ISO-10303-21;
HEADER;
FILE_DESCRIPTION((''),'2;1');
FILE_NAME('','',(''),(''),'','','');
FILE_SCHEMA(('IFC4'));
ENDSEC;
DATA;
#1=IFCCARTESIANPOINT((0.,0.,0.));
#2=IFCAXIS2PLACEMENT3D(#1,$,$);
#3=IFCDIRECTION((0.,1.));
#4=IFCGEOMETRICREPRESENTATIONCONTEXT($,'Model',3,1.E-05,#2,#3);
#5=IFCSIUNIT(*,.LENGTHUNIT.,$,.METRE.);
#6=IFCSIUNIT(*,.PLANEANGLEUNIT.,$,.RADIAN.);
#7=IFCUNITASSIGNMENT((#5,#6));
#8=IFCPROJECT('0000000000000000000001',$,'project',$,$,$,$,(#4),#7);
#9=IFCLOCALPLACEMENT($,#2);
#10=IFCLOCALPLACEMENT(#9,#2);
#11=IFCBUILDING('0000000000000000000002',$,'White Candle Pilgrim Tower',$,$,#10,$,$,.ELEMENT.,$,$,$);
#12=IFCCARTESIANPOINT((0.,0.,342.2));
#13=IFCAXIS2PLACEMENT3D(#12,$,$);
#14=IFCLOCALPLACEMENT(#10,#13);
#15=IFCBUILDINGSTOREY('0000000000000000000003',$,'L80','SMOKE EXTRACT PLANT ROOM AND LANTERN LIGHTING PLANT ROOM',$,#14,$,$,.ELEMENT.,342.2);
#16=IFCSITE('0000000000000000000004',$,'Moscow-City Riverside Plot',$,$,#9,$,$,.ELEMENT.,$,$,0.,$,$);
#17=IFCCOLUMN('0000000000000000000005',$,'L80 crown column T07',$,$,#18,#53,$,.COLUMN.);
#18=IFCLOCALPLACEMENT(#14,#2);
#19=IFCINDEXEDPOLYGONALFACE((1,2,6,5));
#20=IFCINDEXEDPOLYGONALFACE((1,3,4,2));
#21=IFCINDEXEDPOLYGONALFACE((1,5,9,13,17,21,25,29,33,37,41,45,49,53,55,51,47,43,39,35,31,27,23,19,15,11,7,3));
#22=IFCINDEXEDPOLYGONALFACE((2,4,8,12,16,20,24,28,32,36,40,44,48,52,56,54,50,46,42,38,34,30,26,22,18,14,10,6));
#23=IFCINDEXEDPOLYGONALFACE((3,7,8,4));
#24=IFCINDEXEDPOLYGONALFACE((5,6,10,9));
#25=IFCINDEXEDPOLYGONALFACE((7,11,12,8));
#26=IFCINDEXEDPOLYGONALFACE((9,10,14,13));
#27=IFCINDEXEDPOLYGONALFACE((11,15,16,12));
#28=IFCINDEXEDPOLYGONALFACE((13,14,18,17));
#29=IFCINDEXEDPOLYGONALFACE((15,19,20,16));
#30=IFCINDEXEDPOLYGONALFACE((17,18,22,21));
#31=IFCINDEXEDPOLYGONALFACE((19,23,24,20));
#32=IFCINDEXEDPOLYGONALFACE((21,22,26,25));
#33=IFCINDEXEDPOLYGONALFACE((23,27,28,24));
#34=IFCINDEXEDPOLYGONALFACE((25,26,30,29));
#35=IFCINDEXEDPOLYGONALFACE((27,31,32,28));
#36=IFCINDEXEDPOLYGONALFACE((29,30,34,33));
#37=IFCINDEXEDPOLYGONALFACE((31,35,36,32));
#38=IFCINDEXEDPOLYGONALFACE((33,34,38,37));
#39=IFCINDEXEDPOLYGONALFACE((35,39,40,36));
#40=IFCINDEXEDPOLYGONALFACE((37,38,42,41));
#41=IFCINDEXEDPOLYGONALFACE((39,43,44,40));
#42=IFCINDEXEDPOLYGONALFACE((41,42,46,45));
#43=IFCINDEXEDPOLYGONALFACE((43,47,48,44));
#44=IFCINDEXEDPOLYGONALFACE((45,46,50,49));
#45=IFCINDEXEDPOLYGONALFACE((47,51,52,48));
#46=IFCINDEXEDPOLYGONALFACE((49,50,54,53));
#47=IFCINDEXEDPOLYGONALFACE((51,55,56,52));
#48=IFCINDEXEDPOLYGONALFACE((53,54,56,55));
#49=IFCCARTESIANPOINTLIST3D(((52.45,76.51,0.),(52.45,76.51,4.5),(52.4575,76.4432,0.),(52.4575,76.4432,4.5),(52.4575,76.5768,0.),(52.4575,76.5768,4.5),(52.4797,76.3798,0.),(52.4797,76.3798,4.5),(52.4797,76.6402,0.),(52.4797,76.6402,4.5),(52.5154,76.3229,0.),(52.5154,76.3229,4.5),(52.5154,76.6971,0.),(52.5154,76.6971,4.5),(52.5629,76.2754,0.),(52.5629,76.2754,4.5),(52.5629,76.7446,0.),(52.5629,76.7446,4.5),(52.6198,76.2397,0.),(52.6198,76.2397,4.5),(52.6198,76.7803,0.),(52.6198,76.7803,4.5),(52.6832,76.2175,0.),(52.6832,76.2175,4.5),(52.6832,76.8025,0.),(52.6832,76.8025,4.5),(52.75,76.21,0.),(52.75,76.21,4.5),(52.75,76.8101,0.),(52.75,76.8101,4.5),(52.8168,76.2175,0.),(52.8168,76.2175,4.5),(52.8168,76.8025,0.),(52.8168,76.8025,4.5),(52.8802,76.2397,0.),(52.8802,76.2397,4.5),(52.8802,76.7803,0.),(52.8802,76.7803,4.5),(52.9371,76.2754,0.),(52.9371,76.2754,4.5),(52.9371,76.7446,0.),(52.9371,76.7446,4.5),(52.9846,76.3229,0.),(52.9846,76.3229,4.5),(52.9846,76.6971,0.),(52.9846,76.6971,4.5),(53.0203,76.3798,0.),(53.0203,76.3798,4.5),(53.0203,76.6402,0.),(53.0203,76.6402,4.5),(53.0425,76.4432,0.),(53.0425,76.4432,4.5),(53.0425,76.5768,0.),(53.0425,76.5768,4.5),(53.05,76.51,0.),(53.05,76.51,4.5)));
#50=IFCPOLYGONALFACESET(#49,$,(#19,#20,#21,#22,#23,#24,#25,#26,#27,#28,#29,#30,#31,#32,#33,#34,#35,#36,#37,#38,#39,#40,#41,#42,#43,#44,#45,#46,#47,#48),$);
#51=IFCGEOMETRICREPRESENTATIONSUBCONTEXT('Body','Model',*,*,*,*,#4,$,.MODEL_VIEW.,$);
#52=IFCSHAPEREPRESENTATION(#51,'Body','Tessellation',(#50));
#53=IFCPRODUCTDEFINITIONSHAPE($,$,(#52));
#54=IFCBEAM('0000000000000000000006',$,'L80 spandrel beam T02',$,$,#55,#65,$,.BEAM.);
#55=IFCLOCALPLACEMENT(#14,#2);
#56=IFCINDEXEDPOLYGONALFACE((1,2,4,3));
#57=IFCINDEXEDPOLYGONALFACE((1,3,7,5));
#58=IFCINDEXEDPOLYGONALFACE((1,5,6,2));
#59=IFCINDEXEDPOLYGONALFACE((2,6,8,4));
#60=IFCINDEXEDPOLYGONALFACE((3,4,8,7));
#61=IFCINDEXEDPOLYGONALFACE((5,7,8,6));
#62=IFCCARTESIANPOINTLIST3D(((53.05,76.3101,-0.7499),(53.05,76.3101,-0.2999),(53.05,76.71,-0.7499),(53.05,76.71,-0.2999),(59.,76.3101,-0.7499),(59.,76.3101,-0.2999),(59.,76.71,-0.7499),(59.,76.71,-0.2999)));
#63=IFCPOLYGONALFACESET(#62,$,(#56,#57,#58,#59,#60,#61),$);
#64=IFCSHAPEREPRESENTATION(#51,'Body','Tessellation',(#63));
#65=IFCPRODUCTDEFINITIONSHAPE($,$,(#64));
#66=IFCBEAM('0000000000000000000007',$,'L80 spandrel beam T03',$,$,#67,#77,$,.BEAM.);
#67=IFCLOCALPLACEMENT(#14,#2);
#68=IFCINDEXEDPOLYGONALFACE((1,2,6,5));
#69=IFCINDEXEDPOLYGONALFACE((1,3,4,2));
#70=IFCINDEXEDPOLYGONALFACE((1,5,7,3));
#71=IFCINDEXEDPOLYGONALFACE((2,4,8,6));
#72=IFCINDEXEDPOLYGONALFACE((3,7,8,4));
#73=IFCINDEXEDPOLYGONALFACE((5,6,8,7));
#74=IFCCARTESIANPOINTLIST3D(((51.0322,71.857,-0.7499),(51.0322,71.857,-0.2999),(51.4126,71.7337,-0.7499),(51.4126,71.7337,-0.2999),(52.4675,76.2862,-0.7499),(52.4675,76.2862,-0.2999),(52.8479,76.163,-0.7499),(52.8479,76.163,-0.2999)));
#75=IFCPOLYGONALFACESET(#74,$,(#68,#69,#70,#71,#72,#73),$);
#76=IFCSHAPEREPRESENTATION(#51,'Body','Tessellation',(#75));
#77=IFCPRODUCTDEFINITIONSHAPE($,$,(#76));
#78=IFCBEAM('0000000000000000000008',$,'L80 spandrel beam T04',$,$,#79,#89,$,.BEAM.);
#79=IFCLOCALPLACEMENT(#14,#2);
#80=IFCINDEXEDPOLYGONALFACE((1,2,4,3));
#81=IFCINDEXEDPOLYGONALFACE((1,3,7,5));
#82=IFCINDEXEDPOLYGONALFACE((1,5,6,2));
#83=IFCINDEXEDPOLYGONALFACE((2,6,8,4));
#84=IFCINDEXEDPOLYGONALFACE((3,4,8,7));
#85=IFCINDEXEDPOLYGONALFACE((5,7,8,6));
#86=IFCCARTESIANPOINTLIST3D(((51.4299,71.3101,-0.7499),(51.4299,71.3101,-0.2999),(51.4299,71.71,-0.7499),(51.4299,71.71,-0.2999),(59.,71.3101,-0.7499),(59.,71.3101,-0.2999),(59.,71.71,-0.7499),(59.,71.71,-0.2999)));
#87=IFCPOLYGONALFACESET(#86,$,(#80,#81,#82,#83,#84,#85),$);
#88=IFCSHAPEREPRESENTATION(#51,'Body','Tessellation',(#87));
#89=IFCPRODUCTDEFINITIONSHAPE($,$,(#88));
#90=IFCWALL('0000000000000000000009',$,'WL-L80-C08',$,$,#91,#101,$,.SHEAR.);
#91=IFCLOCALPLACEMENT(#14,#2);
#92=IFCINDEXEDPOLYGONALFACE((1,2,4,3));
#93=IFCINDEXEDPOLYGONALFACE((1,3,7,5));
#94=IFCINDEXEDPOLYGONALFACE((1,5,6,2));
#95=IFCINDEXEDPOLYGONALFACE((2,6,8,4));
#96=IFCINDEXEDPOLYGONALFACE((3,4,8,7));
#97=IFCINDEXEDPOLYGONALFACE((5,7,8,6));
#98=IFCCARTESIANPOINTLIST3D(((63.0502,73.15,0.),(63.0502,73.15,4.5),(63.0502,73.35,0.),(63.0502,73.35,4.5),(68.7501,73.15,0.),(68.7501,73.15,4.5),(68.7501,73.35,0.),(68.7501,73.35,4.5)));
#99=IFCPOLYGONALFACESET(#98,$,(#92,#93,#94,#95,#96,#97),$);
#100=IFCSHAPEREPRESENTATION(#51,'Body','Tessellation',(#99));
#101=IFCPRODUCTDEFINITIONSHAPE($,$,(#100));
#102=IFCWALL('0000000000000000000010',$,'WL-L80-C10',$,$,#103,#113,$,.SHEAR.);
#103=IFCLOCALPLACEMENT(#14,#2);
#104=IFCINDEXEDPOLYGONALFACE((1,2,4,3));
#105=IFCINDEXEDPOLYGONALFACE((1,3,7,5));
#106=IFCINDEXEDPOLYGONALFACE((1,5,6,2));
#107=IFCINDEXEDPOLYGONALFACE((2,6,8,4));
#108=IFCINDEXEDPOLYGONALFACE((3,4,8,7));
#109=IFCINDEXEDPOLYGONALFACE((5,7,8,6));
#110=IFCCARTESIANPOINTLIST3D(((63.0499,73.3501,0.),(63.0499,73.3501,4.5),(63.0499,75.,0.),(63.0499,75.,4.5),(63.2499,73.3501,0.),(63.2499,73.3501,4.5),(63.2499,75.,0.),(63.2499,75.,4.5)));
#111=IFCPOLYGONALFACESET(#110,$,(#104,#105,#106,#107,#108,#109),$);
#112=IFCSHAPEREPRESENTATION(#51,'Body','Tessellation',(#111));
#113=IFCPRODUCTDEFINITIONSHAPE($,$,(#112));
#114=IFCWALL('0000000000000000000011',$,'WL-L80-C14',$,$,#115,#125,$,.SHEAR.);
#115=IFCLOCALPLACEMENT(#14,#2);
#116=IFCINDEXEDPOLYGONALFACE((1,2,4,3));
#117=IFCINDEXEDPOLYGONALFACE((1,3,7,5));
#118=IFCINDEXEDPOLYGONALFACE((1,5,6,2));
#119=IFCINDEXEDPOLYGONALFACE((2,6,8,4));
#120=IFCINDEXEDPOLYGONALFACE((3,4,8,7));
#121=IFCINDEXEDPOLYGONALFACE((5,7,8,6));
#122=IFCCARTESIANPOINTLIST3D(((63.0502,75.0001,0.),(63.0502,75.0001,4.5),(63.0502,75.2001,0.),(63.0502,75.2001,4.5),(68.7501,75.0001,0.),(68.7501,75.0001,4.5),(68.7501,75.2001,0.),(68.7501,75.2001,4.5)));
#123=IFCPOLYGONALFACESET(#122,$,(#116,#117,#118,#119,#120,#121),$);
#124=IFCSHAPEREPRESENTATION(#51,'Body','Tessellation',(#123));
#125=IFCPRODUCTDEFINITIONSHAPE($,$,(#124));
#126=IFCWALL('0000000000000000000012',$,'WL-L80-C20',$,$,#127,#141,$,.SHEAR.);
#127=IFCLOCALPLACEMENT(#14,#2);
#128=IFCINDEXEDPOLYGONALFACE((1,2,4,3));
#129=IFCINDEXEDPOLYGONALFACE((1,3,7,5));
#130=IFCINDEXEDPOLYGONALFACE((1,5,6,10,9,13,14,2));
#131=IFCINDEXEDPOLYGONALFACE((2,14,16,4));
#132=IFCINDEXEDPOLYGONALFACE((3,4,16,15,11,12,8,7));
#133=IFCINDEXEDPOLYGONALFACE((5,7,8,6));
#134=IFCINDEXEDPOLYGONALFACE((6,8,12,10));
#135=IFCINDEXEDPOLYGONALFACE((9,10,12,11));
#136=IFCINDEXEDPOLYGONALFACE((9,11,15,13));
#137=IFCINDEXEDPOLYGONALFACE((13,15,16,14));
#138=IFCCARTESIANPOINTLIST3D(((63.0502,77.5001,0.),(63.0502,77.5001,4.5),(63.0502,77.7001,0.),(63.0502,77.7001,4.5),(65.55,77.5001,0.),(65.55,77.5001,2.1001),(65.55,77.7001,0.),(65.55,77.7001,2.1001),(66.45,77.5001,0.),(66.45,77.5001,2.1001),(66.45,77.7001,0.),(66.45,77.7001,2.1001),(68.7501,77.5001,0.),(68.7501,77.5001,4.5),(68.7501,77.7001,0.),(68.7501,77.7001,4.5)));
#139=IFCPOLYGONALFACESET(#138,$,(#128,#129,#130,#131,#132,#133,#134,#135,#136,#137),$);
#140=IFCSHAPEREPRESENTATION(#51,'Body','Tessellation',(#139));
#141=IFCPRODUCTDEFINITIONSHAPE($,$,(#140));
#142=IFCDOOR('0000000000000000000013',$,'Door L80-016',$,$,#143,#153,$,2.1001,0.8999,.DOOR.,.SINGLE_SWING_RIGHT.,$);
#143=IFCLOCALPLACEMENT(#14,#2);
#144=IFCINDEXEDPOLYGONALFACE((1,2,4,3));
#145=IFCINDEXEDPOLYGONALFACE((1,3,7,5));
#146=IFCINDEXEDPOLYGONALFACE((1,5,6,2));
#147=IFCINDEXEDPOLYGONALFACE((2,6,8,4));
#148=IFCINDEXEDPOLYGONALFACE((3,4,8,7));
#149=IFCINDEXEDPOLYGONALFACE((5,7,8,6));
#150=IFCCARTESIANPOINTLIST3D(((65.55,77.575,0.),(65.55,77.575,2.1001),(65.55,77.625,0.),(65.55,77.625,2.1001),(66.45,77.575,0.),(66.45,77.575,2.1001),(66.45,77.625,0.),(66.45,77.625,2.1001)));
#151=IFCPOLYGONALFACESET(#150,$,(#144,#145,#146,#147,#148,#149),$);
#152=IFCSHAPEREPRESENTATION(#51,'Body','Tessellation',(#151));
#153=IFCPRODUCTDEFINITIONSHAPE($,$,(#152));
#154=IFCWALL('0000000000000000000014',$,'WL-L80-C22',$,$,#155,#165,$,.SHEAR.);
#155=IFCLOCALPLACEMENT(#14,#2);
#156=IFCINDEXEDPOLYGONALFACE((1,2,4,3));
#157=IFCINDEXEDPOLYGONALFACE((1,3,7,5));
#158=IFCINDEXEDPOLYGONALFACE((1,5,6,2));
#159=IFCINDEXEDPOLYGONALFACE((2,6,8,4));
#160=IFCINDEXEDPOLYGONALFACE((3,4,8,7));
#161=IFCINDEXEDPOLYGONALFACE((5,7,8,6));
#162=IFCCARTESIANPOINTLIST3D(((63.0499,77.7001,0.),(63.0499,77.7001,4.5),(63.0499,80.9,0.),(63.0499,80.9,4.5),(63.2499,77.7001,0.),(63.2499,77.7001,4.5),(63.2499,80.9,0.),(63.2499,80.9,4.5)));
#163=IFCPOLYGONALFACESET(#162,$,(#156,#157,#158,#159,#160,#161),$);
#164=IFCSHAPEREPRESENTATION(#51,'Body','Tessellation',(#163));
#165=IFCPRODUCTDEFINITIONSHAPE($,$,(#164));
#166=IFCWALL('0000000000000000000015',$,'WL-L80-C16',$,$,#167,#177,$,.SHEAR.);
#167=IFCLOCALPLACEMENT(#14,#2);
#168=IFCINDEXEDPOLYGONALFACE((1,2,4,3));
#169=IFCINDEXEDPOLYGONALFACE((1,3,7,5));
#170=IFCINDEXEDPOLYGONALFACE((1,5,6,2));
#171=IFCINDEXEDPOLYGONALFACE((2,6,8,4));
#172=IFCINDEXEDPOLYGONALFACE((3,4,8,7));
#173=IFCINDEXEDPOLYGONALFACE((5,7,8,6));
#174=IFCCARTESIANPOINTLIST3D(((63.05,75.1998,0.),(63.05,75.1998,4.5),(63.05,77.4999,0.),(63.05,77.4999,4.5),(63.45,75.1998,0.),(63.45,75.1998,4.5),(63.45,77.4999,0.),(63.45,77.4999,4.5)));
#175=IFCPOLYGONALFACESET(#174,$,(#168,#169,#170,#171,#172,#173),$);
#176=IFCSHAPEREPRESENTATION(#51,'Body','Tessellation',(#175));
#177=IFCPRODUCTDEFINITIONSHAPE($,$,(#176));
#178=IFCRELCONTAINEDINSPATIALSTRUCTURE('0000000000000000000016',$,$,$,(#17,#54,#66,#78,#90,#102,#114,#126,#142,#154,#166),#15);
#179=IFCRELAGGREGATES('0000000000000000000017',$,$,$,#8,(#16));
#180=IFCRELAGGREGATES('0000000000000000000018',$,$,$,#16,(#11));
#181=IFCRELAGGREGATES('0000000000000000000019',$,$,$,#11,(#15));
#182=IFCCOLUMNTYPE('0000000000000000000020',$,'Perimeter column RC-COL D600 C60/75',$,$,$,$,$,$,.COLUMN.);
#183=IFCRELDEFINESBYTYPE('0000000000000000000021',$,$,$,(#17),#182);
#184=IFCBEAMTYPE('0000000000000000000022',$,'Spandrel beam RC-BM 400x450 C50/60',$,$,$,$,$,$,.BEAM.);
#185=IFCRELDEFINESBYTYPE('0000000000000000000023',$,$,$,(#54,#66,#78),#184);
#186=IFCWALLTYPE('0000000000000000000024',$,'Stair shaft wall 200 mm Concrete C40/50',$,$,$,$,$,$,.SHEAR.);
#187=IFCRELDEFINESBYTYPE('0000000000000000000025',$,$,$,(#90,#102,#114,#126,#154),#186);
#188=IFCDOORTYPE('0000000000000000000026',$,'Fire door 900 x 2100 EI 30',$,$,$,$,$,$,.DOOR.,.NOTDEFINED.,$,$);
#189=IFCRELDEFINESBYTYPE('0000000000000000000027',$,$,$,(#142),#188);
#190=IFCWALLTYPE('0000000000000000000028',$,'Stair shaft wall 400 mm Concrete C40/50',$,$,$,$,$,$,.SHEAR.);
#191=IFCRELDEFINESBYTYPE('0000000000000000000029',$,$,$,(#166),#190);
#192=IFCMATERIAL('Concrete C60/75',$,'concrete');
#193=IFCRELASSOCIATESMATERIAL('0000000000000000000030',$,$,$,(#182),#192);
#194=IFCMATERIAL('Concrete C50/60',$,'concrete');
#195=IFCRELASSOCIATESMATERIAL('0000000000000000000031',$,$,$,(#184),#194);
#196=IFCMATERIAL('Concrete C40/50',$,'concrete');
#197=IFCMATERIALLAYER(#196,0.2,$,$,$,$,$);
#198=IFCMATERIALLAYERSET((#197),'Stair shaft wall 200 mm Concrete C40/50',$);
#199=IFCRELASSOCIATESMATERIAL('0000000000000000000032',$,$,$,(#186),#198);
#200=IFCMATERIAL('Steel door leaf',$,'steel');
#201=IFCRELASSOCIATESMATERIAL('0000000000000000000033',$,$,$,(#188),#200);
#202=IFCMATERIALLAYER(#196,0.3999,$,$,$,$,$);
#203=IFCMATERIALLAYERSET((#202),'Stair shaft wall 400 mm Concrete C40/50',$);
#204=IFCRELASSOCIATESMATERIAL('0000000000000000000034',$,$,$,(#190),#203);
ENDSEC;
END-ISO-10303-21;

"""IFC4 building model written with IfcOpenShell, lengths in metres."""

from ifc_helpers import new_model, si_unit, direction, frame, frame_2d, origin, origin_2d, place, context, subcontext, project, spatial, rectangle, circle, extrude, material, layer, layer_set, material_profile, profile_set, type_object, element, fill, save


model = new_model("IFC4")

# Units and contexts
model_context = context("Model", 3, precision=1e-05, world=origin(), true_north=direction((0.0, 1.0)))
body_context = subcontext(model_context, "Body", "Model", "MODEL_VIEW")
ifc_project = project(units=[si_unit("LENGTHUNIT", "METRE"), si_unit("PLANEANGLEUNIT", "RADIAN")], contexts=[model_context])

# Site, building, storey
site_placement = place(None, origin())
site = spatial("IfcSite", under=ifc_project, at=site_placement, Name="Moscow-City Riverside Plot", CompositionType="ELEMENT", RefElevation=0.0)
building_placement = place(site_placement, origin())
building = spatial("IfcBuilding", under=site, at=building_placement, Name="White Candle Pilgrim Tower", CompositionType="ELEMENT")
storey_placement = place(building_placement, frame((0.0, 0.0, 342.2)))
storey = spatial("IfcBuildingStorey", under=building, at=storey_placement, Name="L80", Description="SMOKE EXTRACT PLANT ROOM AND LANTERN LIGHTING PLANT ROOM", CompositionType="ELEMENT", Elevation=342.2)

# Column
ifc_material_1 = material(Name="Concrete C60/75", Category="concrete")
ifc_material_profile_1 = material_profile(ifc_material_1, circle(Radius=0.3, at=origin_2d()), Name="RC-COL D600")
ifc_profile_set_1 = profile_set([ifc_material_profile_1], Name="Concrete C60/75")
column_type = type_object("IfcColumnType", Name="Perimeter column RC-COL D600 C60/75", PredefinedType="COLUMN", material=ifc_profile_set_1)
column_placement = place(storey_placement, frame((52.75, 76.51, 0.0), z_axis=(0.0, 0.0, 1.0), x_axis=(1.0, 0.0, 0.0)))
element("IfcColumn", 1, at=column_placement, inside=storey, type_object=column_type, Name="L80 crown column T07", PredefinedType="COLUMN", context=body_context, shape_type="SweptSolid", body=[
    extrude(circle(Radius=0.3, at=origin_2d()), origin(), (0.0, 0.0, 1.0), 4.5),
])

# Beams
ifc_material_2 = material(Name="Concrete C50/60", Category="concrete")
ifc_material_profile_2 = material_profile(ifc_material_2, rectangle(XDim=0.3999, YDim=0.45, at=origin_2d()), Name="RC-BM 400x450")
ifc_profile_set_2 = profile_set([ifc_material_profile_2], Name="Concrete C50/60")
beam_type = type_object("IfcBeamType", Name="Spandrel beam RC-BM 400x450 C50/60", PredefinedType="BEAM", material=ifc_profile_set_2)
beam_1_placement = place(storey_placement, frame((53.05, 76.51, -0.5249), z_axis=(1.0, 0.0, 0.0), x_axis=(0.0, 1.0, 0.0)))
element("IfcBeam", 2, at=beam_1_placement, inside=storey, type_object=beam_type, Name="L80 spandrel beam T02", PredefinedType="BEAM", context=body_context, shape_type="SweptSolid", body=[
    extrude(rectangle(XDim=0.3999, YDim=0.45, at=origin_2d()), origin(), (0.0, 0.0, 1.0), 5.95),
])
beam_2_placement = place(storey_placement, frame((52.6577, 76.2246, -0.5249), z_axis=(-0.308273, -0.951298, 0.0), x_axis=(0.951298, -0.308273, 0.0)))
element("IfcBeam", 3, at=beam_2_placement, inside=storey, type_object=beam_type, Name="L80 spandrel beam T03", PredefinedType="BEAM", context=body_context, shape_type="SweptSolid", body=[
    extrude(rectangle(XDim=0.3999, YDim=0.45, at=origin_2d()), origin(), (0.0, 0.0, 1.0), 4.656),
])
beam_3_placement = place(storey_placement, frame((51.4299, 71.51, -0.5249), z_axis=(1.0, 0.0, 0.0), x_axis=(0.0, 1.0, 0.0)))
element("IfcBeam", 4, at=beam_3_placement, inside=storey, type_object=beam_type, Name="L80 spandrel beam T04", PredefinedType="BEAM", context=body_context, shape_type="SweptSolid", body=[
    extrude(rectangle(XDim=0.3999, YDim=0.45, at=origin_2d()), origin(), (0.0, 0.0, 1.0), 7.5701),
])

# Walls
ifc_material_3 = material(Name="Concrete C40/50", Category="concrete")
ifc_layer_1 = layer(ifc_material_3, 0.2)
ifc_layer_set_1 = layer_set([ifc_layer_1], Name="Stair shaft wall 200 mm Concrete C40/50")
wall_type_1 = type_object("IfcWallType", Name="Stair shaft wall 200 mm Concrete C40/50", PredefinedType="SHEAR", material=ifc_layer_set_1)
wall_1_placement = place(storey_placement, frame((63.05, 73.25, 0.0), z_axis=(0.0, 0.0, 1.0), x_axis=(1.0, 0.0, 0.0)))
element("IfcWall", 5, at=wall_1_placement, inside=storey, type_object=wall_type_1, Name="WL-L80-C08", PredefinedType="SHEAR", context=body_context, shape_type="SweptSolid", body=[
    extrude(rectangle(XDim=5.7, YDim=0.2, at=frame_2d((2.8501, 0.0))), origin(), (0.0, 0.0, 1.0), 4.5),
])
wall_2_placement = place(storey_placement, frame((63.1499, 73.3501, 0.0), z_axis=(0.0, 0.0, 1.0), x_axis=(0.0, 1.0, 0.0)))
element("IfcWall", 6, at=wall_2_placement, inside=storey, type_object=wall_type_1, Name="WL-L80-C10", PredefinedType="SHEAR", context=body_context, shape_type="SweptSolid", body=[
    extrude(rectangle(XDim=1.6499, YDim=0.2, at=frame_2d((0.825, 0.0))), origin(), (0.0, 0.0, 1.0), 4.5),
])
wall_3_placement = place(storey_placement, frame((63.05, 75.1001, 0.0), z_axis=(0.0, 0.0, 1.0), x_axis=(1.0, 0.0, 0.0)))
element("IfcWall", 7, at=wall_3_placement, inside=storey, type_object=wall_type_1, Name="WL-L80-C14", PredefinedType="SHEAR", context=body_context, shape_type="SweptSolid", body=[
    extrude(rectangle(XDim=5.7, YDim=0.2, at=frame_2d((2.8501, 0.0))), origin(), (0.0, 0.0, 1.0), 4.5),
])

# Wall, opening, door
wall_4_placement = place(storey_placement, frame((63.05, 77.6001, 0.0), z_axis=(0.0, 0.0, 1.0), x_axis=(1.0, 0.0, 0.0)))
wall_4 = element("IfcWall", 8, at=wall_4_placement, inside=storey, type_object=wall_type_1, Name="WL-L80-C20", PredefinedType="SHEAR", context=body_context, shape_type="SweptSolid", body=[
    extrude(rectangle(XDim=5.7, YDim=0.2, at=frame_2d((2.8501, 0.0))), origin(), (0.0, 0.0, 1.0), 4.5),
])
opening_placement = place(wall_4_placement, frame((2.5, 0.0, 0.0)))
opening = element("IfcOpeningElement", 9, at=opening_placement, cuts=wall_4, PredefinedType="OPENING", context=body_context, shape_type="SweptSolid", body=[
    extrude(rectangle(XDim=0.8999, YDim=2.1001, at=frame_2d((0.45, 1.05))), frame((0.0, 0.1099, 0.0), z_axis=(0.0, -1.0, 0.0), x_axis=(1.0, 0.0, 0.0)), (0.0, 0.0, 1.0), 0.22),
])
ifc_material_4 = material(Name="Steel door leaf", Category="steel")
door_type = type_object("IfcDoorType", Name="Fire door 900 x 2100 EI 30", OperationType="NOTDEFINED", PredefinedType="DOOR", material=ifc_material_4)
door_placement = place(opening_placement, origin())
door = element("IfcDoor", 10, at=door_placement, inside=storey, type_object=door_type, Name="Door L80-016", OperationType="SINGLE_SWING_RIGHT", OverallHeight=2.1001, OverallWidth=0.8999, PredefinedType="DOOR", context=body_context, shape_type="SweptSolid", body=[
    extrude(rectangle(XDim=0.8999, YDim=2.1001, at=frame_2d((0.45, 1.05))), frame((0.0, 0.0249, 0.0), z_axis=(0.0, -1.0, 0.0), x_axis=(1.0, 0.0, 0.0)), (0.0, 0.0, 1.0), 0.05),
])
fill(opening, door)

# Walls
wall_5_placement = place(storey_placement, frame((63.1499, 77.7, 0.0), z_axis=(0.0, 0.0, 1.0), x_axis=(0.0, 1.0, 0.0)))
element("IfcWall", 11, at=wall_5_placement, inside=storey, type_object=wall_type_1, Name="WL-L80-C22", PredefinedType="SHEAR", context=body_context, shape_type="SweptSolid", body=[
    extrude(rectangle(XDim=3.2, YDim=0.2, at=frame_2d((1.6001, 0.0))), origin(), (0.0, 0.0, 1.0), 4.5),
])
ifc_layer_2 = layer(ifc_material_3, 0.3999)
ifc_layer_set_2 = layer_set([ifc_layer_2], Name="Stair shaft wall 400 mm Concrete C40/50")
wall_type_2 = type_object("IfcWallType", Name="Stair shaft wall 400 mm Concrete C40/50", PredefinedType="SHEAR", material=ifc_layer_set_2)
wall_6_placement = place(storey_placement, frame((63.25, 75.2, 0.0), z_axis=(0.0, 0.0, 1.0), x_axis=(0.0, 1.0, 0.0)))
element("IfcWall", 12, at=wall_6_placement, inside=storey, type_object=wall_type_2, Name="WL-L80-C16", PredefinedType="SHEAR", context=body_context, shape_type="SweptSolid", body=[
    extrude(rectangle(XDim=2.3, YDim=0.3999, at=frame_2d((1.1499, 0.0))), origin(), (0.0, 0.0, 1.0), 4.5),
])

save(model, "model.ifc")
